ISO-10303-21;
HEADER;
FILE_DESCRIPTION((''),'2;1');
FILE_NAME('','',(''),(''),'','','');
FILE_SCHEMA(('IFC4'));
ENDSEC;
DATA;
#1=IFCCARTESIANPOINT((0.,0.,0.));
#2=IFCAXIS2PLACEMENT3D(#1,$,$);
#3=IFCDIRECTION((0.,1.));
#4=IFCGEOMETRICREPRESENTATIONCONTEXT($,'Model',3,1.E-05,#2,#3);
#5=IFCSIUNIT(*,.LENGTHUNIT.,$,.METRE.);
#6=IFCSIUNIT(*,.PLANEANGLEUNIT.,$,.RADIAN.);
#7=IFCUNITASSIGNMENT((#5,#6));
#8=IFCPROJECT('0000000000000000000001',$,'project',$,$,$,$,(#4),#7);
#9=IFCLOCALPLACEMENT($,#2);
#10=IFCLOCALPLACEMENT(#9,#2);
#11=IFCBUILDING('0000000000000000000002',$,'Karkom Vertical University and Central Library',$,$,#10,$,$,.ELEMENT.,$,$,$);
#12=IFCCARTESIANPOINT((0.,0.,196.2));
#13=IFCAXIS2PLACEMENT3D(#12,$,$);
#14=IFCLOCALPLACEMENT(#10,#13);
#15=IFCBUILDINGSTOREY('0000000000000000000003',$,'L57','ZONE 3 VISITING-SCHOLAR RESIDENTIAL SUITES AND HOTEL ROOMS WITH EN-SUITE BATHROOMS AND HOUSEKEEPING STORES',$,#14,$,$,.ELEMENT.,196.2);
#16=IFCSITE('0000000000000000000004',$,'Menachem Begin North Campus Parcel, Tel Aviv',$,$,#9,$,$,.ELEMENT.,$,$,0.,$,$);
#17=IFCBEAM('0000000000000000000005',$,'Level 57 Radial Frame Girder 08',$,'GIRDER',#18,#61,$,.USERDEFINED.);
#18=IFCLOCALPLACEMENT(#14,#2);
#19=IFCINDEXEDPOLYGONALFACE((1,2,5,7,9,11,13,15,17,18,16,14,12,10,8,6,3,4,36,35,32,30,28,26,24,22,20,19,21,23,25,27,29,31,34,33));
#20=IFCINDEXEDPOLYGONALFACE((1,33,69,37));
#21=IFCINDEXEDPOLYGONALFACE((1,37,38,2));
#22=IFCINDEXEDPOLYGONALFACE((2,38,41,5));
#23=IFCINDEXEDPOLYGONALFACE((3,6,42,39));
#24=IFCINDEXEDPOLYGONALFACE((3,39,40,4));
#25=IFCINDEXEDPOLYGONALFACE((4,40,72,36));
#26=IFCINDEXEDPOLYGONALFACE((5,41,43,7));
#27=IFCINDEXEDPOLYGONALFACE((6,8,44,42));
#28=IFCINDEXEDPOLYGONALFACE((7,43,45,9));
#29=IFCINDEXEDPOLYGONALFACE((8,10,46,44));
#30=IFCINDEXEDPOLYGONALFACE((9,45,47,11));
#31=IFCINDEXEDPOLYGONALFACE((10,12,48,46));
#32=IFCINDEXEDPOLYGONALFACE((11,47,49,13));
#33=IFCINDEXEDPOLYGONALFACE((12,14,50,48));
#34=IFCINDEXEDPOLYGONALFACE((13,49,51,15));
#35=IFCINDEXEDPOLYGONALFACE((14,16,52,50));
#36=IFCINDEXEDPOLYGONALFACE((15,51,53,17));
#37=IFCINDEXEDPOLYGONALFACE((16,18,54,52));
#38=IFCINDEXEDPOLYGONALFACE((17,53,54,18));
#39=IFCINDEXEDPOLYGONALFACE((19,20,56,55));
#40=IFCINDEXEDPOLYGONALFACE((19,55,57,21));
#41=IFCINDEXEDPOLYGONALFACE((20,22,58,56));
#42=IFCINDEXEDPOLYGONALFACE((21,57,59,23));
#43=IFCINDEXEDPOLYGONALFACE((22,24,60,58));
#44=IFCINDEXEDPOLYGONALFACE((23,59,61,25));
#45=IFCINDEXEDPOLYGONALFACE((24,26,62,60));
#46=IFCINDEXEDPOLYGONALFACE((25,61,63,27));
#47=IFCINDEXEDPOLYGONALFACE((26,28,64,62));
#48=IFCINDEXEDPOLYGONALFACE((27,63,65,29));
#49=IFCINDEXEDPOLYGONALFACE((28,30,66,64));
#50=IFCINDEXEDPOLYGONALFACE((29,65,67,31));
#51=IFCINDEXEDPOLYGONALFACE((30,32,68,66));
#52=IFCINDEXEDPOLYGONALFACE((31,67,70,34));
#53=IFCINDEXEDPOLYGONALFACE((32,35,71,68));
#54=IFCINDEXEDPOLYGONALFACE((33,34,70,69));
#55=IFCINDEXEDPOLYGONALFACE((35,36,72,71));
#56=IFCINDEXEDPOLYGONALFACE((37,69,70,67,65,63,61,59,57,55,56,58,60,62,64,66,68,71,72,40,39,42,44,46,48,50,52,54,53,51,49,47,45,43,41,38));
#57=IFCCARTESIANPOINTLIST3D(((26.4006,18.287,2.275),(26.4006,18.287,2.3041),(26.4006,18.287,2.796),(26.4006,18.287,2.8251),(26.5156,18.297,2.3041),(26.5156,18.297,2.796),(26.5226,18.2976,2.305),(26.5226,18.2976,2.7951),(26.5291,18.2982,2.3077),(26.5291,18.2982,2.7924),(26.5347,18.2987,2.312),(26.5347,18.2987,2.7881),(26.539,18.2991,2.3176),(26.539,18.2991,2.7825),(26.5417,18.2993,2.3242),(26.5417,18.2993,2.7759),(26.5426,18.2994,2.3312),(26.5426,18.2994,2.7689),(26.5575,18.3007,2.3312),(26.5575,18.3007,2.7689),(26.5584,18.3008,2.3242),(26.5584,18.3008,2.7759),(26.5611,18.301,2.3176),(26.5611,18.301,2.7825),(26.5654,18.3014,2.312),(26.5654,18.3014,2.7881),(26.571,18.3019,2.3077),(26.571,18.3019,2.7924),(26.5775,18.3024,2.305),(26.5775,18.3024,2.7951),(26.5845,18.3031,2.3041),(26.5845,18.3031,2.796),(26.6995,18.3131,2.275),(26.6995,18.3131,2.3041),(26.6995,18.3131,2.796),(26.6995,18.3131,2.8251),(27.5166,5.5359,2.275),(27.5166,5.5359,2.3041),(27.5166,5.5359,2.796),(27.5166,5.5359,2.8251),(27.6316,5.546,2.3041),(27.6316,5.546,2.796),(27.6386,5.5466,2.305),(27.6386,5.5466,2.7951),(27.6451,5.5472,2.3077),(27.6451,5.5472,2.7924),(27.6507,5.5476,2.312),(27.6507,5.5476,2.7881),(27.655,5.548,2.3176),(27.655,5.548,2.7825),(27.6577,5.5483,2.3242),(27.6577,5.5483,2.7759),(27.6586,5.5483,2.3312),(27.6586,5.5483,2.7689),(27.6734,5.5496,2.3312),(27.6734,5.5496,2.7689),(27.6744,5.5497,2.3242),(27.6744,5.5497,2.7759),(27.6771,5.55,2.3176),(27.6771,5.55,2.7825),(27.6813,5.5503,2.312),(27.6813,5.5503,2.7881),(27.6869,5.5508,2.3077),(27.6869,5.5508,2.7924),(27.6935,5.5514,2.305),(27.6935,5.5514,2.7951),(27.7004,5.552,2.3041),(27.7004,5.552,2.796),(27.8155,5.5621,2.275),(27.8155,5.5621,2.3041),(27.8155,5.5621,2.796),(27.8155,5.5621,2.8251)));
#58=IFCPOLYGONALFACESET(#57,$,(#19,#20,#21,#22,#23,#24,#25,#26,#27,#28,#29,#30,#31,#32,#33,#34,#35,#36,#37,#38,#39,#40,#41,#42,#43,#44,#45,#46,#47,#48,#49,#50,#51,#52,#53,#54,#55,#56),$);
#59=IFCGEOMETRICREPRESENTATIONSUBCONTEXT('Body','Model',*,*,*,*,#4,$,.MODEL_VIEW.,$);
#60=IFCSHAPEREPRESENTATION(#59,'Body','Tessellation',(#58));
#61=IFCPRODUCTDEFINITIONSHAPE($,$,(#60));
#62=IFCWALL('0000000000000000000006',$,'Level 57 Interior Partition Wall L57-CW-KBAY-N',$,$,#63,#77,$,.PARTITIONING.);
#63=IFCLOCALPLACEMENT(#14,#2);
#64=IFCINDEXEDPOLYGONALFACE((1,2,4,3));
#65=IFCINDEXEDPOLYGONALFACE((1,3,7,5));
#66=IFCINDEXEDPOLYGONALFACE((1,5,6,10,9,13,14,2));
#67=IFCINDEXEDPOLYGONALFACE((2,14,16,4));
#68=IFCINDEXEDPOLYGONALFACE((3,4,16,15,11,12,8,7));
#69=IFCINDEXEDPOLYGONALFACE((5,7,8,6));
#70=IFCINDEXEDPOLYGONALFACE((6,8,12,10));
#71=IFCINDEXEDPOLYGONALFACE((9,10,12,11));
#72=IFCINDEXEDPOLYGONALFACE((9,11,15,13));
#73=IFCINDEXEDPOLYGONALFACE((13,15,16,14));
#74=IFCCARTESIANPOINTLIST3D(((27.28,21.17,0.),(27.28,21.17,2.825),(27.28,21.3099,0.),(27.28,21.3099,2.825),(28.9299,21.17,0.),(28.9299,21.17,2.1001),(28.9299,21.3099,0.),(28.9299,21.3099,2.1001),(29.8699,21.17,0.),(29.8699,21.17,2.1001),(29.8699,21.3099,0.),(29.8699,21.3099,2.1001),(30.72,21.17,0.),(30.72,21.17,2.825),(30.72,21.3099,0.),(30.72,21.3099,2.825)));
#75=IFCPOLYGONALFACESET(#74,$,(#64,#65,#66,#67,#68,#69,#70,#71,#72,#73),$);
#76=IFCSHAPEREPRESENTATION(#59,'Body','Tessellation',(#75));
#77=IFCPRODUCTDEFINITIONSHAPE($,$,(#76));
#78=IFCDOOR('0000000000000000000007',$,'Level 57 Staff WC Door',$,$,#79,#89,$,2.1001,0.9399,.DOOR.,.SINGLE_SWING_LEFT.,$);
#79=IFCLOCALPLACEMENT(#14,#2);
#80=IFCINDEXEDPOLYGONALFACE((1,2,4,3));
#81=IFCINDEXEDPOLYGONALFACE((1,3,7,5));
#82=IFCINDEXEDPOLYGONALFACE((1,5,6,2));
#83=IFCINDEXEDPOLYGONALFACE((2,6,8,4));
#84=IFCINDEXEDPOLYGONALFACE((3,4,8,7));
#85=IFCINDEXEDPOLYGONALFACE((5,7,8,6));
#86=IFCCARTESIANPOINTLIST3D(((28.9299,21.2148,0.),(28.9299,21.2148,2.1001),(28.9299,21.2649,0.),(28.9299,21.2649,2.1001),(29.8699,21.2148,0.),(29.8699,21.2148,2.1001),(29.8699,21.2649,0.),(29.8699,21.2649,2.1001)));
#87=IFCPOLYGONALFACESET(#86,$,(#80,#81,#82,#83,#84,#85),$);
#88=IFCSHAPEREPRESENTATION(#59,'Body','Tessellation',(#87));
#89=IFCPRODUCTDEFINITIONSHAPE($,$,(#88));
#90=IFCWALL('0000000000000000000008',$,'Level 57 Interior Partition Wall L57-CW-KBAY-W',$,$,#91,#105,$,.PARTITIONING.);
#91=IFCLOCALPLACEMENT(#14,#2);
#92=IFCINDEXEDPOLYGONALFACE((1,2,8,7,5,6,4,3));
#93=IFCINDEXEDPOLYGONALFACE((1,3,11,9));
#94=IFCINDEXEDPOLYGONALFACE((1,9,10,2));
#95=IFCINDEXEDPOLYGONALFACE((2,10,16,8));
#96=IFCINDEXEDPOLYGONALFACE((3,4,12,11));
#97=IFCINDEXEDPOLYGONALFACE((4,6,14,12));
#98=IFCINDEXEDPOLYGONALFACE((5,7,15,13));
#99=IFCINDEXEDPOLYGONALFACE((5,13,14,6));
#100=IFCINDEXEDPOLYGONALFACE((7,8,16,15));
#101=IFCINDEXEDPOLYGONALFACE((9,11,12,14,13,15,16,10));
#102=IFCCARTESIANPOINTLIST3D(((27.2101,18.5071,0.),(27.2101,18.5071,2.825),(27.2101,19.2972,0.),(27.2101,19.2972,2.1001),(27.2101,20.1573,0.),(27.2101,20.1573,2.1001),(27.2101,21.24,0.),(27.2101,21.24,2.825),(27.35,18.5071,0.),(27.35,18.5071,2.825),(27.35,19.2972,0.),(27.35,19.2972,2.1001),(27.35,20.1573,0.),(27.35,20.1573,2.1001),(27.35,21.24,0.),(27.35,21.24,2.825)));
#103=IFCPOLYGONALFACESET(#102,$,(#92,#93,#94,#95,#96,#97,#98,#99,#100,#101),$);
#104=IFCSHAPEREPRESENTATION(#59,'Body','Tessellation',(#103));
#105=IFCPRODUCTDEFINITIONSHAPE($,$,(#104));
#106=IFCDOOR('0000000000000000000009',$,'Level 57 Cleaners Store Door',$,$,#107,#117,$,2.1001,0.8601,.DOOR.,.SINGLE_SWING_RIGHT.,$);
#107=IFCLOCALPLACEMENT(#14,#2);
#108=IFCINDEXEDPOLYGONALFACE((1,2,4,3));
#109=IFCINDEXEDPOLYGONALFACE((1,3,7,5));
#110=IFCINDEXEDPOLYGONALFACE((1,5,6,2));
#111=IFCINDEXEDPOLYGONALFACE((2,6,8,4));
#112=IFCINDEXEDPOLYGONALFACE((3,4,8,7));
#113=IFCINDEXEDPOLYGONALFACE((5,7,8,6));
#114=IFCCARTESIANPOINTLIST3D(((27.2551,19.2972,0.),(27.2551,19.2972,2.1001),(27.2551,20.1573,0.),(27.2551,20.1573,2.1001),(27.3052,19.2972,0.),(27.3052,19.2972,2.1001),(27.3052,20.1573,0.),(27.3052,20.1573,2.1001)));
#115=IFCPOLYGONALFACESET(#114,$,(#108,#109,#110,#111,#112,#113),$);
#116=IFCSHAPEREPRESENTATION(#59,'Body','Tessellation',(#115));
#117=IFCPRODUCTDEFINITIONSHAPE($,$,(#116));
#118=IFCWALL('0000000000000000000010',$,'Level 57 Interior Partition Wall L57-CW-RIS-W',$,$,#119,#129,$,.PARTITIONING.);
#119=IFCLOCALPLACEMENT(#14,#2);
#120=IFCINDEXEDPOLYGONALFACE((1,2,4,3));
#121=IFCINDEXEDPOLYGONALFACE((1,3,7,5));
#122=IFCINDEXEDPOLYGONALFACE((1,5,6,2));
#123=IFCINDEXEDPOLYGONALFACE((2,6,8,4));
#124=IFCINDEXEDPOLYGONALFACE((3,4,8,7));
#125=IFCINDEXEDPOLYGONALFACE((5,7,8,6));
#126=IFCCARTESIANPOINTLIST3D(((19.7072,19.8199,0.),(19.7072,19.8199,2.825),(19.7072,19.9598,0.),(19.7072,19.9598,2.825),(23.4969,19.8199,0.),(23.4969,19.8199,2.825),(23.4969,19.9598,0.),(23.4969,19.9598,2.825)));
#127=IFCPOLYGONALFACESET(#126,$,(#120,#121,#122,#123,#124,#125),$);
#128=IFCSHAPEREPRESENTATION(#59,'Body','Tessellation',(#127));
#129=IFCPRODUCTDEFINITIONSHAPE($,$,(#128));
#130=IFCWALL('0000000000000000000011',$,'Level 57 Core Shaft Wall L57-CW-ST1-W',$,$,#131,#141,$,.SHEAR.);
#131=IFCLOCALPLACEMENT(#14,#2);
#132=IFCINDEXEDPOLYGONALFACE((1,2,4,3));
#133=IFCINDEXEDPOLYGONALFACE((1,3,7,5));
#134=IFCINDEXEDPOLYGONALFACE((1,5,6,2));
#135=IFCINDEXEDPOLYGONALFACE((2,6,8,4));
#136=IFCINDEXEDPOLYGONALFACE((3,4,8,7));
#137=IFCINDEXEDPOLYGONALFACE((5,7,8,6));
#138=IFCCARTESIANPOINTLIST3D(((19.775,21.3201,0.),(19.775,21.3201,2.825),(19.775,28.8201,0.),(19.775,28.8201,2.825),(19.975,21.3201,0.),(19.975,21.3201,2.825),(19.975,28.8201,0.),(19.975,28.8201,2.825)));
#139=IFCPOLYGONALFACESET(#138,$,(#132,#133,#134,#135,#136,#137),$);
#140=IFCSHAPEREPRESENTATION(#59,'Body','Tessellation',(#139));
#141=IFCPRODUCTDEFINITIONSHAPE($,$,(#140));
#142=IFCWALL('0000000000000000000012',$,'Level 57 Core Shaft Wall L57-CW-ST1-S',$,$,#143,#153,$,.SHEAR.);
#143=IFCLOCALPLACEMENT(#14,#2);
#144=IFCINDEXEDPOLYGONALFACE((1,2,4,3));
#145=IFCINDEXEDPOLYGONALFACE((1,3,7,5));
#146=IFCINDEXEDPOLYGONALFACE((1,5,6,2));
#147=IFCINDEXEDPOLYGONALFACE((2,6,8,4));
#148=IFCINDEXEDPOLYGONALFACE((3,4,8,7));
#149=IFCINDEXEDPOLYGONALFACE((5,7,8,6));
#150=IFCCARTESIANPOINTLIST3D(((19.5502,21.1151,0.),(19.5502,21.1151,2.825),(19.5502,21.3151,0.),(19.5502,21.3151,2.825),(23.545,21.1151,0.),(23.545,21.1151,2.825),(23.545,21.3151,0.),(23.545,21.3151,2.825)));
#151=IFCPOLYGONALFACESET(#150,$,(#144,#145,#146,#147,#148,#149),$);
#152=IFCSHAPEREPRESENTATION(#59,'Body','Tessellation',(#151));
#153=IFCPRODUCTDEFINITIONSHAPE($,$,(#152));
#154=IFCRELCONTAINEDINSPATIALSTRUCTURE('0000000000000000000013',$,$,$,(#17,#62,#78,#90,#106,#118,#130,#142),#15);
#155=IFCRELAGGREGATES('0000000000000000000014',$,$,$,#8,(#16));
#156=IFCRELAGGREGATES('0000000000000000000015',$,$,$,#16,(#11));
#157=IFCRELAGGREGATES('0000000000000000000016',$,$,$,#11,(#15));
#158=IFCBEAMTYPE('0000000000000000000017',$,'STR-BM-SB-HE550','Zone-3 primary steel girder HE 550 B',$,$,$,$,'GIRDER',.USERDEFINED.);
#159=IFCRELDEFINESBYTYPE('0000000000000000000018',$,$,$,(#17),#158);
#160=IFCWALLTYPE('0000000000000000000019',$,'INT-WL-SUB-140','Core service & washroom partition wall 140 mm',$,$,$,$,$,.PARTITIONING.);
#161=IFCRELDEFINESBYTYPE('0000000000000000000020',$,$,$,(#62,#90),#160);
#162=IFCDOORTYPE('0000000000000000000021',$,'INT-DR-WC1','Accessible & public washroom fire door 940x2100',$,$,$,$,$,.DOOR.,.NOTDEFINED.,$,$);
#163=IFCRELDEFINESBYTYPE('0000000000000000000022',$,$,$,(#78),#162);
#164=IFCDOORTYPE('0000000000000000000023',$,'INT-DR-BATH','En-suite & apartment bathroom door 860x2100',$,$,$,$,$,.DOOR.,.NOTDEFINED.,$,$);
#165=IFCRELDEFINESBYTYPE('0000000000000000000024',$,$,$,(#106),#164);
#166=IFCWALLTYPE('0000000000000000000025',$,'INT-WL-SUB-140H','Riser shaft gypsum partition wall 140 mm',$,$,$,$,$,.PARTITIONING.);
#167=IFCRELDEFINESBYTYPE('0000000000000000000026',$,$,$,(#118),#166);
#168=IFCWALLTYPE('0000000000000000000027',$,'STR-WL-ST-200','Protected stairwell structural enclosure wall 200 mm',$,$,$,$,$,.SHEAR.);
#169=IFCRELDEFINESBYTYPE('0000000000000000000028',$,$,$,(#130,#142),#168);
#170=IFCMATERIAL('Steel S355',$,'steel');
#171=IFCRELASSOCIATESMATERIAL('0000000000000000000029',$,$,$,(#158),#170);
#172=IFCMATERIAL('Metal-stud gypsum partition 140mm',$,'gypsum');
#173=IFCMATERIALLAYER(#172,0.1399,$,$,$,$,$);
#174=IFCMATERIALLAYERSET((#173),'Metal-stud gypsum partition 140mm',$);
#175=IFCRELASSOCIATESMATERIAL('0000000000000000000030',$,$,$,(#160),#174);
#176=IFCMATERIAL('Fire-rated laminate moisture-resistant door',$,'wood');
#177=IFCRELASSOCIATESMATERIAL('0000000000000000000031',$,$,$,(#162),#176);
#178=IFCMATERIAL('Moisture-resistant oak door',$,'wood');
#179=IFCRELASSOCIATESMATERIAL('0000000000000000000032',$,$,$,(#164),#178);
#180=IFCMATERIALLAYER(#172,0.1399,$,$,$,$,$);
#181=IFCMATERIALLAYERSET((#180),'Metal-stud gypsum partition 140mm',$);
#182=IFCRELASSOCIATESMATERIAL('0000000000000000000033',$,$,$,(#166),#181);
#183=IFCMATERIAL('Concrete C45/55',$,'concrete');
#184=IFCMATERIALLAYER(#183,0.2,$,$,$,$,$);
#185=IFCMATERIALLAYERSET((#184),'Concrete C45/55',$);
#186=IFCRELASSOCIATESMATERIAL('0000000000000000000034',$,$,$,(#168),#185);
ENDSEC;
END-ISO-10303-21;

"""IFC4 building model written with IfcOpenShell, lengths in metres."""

from ifc_helpers import new_model, si_unit, direction, frame, frame_2d, origin, origin_with_axes, origin_2d, place, context, subcontext, project, spatial, rectangle, i_section, extrude, source, transform, mapped, material, layer, layer_set, material_profile, profile_set, type_object, element, fill, save


model = new_model("IFC4")

# Units and contexts
model_context = context("Model", 3, precision=1e-05, world=origin(), true_north=direction((0.0, 1.0)))
body_context = subcontext(model_context, "Body", "Model", "MODEL_VIEW")
ifc_project = project(units=[si_unit("LENGTHUNIT", "METRE"), si_unit("PLANEANGLEUNIT", "RADIAN")], contexts=[model_context])

# Site, building, storey
site_placement = place(None, origin())
site = spatial("IfcSite", under=ifc_project, at=site_placement, Name="Menachem Begin North Campus Parcel, Tel Aviv", CompositionType="ELEMENT", RefElevation=0.0)
building_placement = place(site_placement, origin())
building = spatial("IfcBuilding", under=site, at=building_placement, Name="Karkom Vertical University and Central Library", CompositionType="ELEMENT")
storey_placement = place(building_placement, frame((0.0, 0.0, 196.2)))
storey = spatial("IfcBuildingStorey", under=building, at=storey_placement, Name="L57", Description="ZONE 3 VISITING-SCHOLAR RESIDENTIAL SUITES AND HOTEL ROOMS WITH EN-SUITE BATHROOMS AND HOUSEKEEPING STORES", CompositionType="ELEMENT", Elevation=196.2)

# Beam
ifc_material_1 = material(Name="Steel S355", Category="steel")
ifc_material_profile = material_profile(ifc_material_1, i_section(OverallWidth=0.3, OverallDepth=0.55, WebThickness=0.0149, FlangeThickness=0.0291, FilletRadius=0.0271, at=origin_2d()), Name="HE 550 B")
ifc_profile_set = profile_set([ifc_material_profile], Name="Steel S355")
beam_type = type_object("IfcBeamType", Name="STR-BM-SB-HE550", Description="Zone-3 primary steel girder HE 550 B", ElementType="GIRDER", PredefinedType="USERDEFINED", material=ifc_profile_set)
shared_shape_1 = source(origin_with_axes(), body_context, "Body", "SweptSolid", [
    extrude(i_section(OverallWidth=0.3, OverallDepth=0.55, WebThickness=0.0149, FlangeThickness=0.0291, FilletRadius=0.0271, at=origin_2d()), origin(), (0.0, 0.0, 1.0), 12.7998),
])
beam_placement = place(storey_placement, frame((26.55, 18.3, 2.55), z_axis=(0.087187, -0.996192, 0.0), x_axis=(0.996192, 0.087187, 0.0)))
element("IfcBeam", 1, at=beam_placement, inside=storey, type_object=beam_type, Name="Level 57 Radial Frame Girder 08", ObjectType="GIRDER", PredefinedType="USERDEFINED", context=body_context, shape_type="MappedRepresentation", body=[
    mapped(shared_shape_1, transform((0.0, 0.0, 0.0), scale=1.0)),
])

# Walls, openings, doors
ifc_material_2 = material(Name="Metal-stud gypsum partition 140mm", Category="gypsum")
ifc_layer_1 = layer(ifc_material_2, 0.1399)
ifc_layer_set_1 = layer_set([ifc_layer_1], Name="Metal-stud gypsum partition 140mm")
wall_type_1 = type_object("IfcWallType", Name="INT-WL-SUB-140", Description="Core service & washroom partition wall 140 mm", PredefinedType="PARTITIONING", material=ifc_layer_set_1)
wall_1_placement = place(storey_placement, frame((27.28, 21.24, 0.0), z_axis=(0.0, 0.0, 1.0), x_axis=(1.0, 0.0, 0.0)))
wall_1 = element("IfcWall", 2, at=wall_1_placement, inside=storey, type_object=wall_type_1, Name="Level 57 Interior Partition Wall L57-CW-KBAY-N", PredefinedType="PARTITIONING", context=body_context, shape_type="SweptSolid", body=[
    extrude(rectangle(XDim=3.4399, YDim=0.1399, at=frame_2d((1.72, 0.0))), origin(), (0.0, 0.0, 1.0), 2.825),
])
opening_1_placement = place(wall_1_placement, frame((1.6499, 0.0, 0.0)))
opening_1 = element("IfcOpeningElement", 3, at=opening_1_placement, cuts=wall_1, PredefinedType="OPENING", context=body_context, shape_type="SweptSolid", body=[
    extrude(rectangle(XDim=0.9399, YDim=2.1001, at=frame_2d((0.47, 1.05))), frame((0.0, 0.0801, 0.0), z_axis=(0.0, -1.0, 0.0), x_axis=(1.0, 0.0, 0.0)), (0.0, 0.0, 1.0), 0.1599),
])
ifc_material_3 = material(Name="Fire-rated laminate moisture-resistant door", Category="wood")
door_type_1 = type_object("IfcDoorType", Name="INT-DR-WC1", Description="Accessible & public washroom fire door 940x2100", OperationType="NOTDEFINED", PredefinedType="DOOR", material=ifc_material_3)
shared_shape_2 = source(origin_with_axes(), body_context, "Body", "SweptSolid", [
    extrude(rectangle(XDim=0.9399, YDim=2.1001, at=frame_2d((0.47, 1.05))), frame((0.0, 0.0249, 0.0), z_axis=(0.0, -1.0, 0.0), x_axis=(1.0, 0.0, 0.0)), (0.0, 0.0, 1.0), 0.05),
])
door_1_placement = place(opening_1_placement, origin())
door_1 = element("IfcDoor", 4, at=door_1_placement, inside=storey, type_object=door_type_1, Name="Level 57 Staff WC Door", OperationType="SINGLE_SWING_LEFT", OverallHeight=2.1001, OverallWidth=0.9399, PredefinedType="DOOR", context=body_context, shape_type="MappedRepresentation", body=[
    mapped(shared_shape_2, transform((0.0, 0.0, 0.0), scale=1.0)),
])
fill(opening_1, door_1)
wall_2_placement = place(storey_placement, frame((27.28, 18.5071, 0.0), z_axis=(0.0, 0.0, 1.0), x_axis=(0.0, 1.0, 0.0)))
wall_2 = element("IfcWall", 5, at=wall_2_placement, inside=storey, type_object=wall_type_1, Name="Level 57 Interior Partition Wall L57-CW-KBAY-W", PredefinedType="PARTITIONING", context=body_context, shape_type="SweptSolid", body=[
    extrude(rectangle(XDim=2.7329, YDim=0.1399, at=frame_2d((1.3665, 0.0))), origin(), (0.0, 0.0, 1.0), 2.825),
])
opening_2_placement = place(wall_2_placement, frame((0.79, 0.0, 0.0)))
opening_2 = element("IfcOpeningElement", 6, at=opening_2_placement, cuts=wall_2, PredefinedType="OPENING", context=body_context, shape_type="SweptSolid", body=[
    extrude(rectangle(XDim=0.8601, YDim=2.1001, at=frame_2d((0.4302, 1.05))), frame((0.0, 0.0801, 0.0), z_axis=(0.0, -1.0, 0.0), x_axis=(1.0, 0.0, 0.0)), (0.0, 0.0, 1.0), 0.1599),
])
ifc_material_4 = material(Name="Moisture-resistant oak door", Category="wood")
door_type_2 = type_object("IfcDoorType", Name="INT-DR-BATH", Description="En-suite & apartment bathroom door 860x2100", OperationType="NOTDEFINED", PredefinedType="DOOR", material=ifc_material_4)
shared_shape_3 = source(origin_with_axes(), body_context, "Body", "SweptSolid", [
    extrude(rectangle(XDim=0.8601, YDim=2.1001, at=frame_2d((0.4302, 1.05))), frame((0.0, 0.0249, 0.0), z_axis=(0.0, -1.0, 0.0), x_axis=(1.0, 0.0, 0.0)), (0.0, 0.0, 1.0), 0.05),
])
door_2_placement = place(opening_2_placement, origin())
door_2 = element("IfcDoor", 7, at=door_2_placement, inside=storey, type_object=door_type_2, Name="Level 57 Cleaners Store Door", OperationType="SINGLE_SWING_RIGHT", OverallHeight=2.1001, OverallWidth=0.8601, PredefinedType="DOOR", context=body_context, shape_type="MappedRepresentation", body=[
    mapped(shared_shape_3, transform((0.0, 0.0, 0.0), scale=1.0)),
])
fill(opening_2, door_2)

# Wall
ifc_layer_2 = layer(ifc_material_2, 0.1399)
ifc_layer_set_2 = layer_set([ifc_layer_2], Name="Metal-stud gypsum partition 140mm")
wall_type_2 = type_object("IfcWallType", Name="INT-WL-SUB-140H", Description="Riser shaft gypsum partition wall 140 mm", PredefinedType="PARTITIONING", material=ifc_layer_set_2)
wall_3_placement = place(storey_placement, frame((19.707, 19.8899, 0.0), z_axis=(0.0, 0.0, 1.0), x_axis=(1.0, 0.0, 0.0)))
element("IfcWall", 8, at=wall_3_placement, inside=storey, type_object=wall_type_2, Name="Level 57 Interior Partition Wall L57-CW-RIS-W", PredefinedType="PARTITIONING", context=body_context, shape_type="SweptSolid", body=[
    extrude(rectangle(XDim=3.7898, YDim=0.1399, at=frame_2d((1.895, 0.0))), origin(), (0.0, 0.0, 1.0), 2.825),
])

# Shared definitions
ifc_material_5 = material(Name="Concrete C45/55", Category="concrete")
ifc_layer_3 = layer(ifc_material_5, 0.2)
ifc_layer_set_3 = layer_set([ifc_layer_3], Name="Concrete C45/55")
wall_type_3 = type_object("IfcWallType", Name="STR-WL-ST-200", Description="Protected stairwell structural enclosure wall 200 mm", PredefinedType="SHEAR", material=ifc_layer_set_3)

# Walls
wall_4_placement = place(storey_placement, frame((19.875, 21.3201, 0.0), z_axis=(0.0, 0.0, 1.0), x_axis=(0.0, 1.0, 0.0)))
element("IfcWall", 9, at=wall_4_placement, inside=storey, type_object=wall_type_3, Name="Level 57 Core Shaft Wall L57-CW-ST1-W", PredefinedType="SHEAR", context=body_context, shape_type="SweptSolid", body=[
    extrude(rectangle(XDim=7.5, YDim=0.2, at=frame_2d((3.75, 0.0))), origin(), (0.0, 0.0, 1.0), 2.825),
])
wall_5_placement = place(storey_placement, frame((19.55, 21.2151, 0.0), z_axis=(0.0, 0.0, 1.0), x_axis=(1.0, 0.0, 0.0)))
element("IfcWall", 10, at=wall_5_placement, inside=storey, type_object=wall_type_3, Name="Level 57 Core Shaft Wall L57-CW-ST1-S", PredefinedType="SHEAR", context=body_context, shape_type="SweptSolid", body=[
    extrude(rectangle(XDim=3.9949, YDim=0.2, at=frame_2d((1.9976, 0.0))), origin(), (0.0, 0.0, 1.0), 2.825),
])

save(model, "model.ifc")
